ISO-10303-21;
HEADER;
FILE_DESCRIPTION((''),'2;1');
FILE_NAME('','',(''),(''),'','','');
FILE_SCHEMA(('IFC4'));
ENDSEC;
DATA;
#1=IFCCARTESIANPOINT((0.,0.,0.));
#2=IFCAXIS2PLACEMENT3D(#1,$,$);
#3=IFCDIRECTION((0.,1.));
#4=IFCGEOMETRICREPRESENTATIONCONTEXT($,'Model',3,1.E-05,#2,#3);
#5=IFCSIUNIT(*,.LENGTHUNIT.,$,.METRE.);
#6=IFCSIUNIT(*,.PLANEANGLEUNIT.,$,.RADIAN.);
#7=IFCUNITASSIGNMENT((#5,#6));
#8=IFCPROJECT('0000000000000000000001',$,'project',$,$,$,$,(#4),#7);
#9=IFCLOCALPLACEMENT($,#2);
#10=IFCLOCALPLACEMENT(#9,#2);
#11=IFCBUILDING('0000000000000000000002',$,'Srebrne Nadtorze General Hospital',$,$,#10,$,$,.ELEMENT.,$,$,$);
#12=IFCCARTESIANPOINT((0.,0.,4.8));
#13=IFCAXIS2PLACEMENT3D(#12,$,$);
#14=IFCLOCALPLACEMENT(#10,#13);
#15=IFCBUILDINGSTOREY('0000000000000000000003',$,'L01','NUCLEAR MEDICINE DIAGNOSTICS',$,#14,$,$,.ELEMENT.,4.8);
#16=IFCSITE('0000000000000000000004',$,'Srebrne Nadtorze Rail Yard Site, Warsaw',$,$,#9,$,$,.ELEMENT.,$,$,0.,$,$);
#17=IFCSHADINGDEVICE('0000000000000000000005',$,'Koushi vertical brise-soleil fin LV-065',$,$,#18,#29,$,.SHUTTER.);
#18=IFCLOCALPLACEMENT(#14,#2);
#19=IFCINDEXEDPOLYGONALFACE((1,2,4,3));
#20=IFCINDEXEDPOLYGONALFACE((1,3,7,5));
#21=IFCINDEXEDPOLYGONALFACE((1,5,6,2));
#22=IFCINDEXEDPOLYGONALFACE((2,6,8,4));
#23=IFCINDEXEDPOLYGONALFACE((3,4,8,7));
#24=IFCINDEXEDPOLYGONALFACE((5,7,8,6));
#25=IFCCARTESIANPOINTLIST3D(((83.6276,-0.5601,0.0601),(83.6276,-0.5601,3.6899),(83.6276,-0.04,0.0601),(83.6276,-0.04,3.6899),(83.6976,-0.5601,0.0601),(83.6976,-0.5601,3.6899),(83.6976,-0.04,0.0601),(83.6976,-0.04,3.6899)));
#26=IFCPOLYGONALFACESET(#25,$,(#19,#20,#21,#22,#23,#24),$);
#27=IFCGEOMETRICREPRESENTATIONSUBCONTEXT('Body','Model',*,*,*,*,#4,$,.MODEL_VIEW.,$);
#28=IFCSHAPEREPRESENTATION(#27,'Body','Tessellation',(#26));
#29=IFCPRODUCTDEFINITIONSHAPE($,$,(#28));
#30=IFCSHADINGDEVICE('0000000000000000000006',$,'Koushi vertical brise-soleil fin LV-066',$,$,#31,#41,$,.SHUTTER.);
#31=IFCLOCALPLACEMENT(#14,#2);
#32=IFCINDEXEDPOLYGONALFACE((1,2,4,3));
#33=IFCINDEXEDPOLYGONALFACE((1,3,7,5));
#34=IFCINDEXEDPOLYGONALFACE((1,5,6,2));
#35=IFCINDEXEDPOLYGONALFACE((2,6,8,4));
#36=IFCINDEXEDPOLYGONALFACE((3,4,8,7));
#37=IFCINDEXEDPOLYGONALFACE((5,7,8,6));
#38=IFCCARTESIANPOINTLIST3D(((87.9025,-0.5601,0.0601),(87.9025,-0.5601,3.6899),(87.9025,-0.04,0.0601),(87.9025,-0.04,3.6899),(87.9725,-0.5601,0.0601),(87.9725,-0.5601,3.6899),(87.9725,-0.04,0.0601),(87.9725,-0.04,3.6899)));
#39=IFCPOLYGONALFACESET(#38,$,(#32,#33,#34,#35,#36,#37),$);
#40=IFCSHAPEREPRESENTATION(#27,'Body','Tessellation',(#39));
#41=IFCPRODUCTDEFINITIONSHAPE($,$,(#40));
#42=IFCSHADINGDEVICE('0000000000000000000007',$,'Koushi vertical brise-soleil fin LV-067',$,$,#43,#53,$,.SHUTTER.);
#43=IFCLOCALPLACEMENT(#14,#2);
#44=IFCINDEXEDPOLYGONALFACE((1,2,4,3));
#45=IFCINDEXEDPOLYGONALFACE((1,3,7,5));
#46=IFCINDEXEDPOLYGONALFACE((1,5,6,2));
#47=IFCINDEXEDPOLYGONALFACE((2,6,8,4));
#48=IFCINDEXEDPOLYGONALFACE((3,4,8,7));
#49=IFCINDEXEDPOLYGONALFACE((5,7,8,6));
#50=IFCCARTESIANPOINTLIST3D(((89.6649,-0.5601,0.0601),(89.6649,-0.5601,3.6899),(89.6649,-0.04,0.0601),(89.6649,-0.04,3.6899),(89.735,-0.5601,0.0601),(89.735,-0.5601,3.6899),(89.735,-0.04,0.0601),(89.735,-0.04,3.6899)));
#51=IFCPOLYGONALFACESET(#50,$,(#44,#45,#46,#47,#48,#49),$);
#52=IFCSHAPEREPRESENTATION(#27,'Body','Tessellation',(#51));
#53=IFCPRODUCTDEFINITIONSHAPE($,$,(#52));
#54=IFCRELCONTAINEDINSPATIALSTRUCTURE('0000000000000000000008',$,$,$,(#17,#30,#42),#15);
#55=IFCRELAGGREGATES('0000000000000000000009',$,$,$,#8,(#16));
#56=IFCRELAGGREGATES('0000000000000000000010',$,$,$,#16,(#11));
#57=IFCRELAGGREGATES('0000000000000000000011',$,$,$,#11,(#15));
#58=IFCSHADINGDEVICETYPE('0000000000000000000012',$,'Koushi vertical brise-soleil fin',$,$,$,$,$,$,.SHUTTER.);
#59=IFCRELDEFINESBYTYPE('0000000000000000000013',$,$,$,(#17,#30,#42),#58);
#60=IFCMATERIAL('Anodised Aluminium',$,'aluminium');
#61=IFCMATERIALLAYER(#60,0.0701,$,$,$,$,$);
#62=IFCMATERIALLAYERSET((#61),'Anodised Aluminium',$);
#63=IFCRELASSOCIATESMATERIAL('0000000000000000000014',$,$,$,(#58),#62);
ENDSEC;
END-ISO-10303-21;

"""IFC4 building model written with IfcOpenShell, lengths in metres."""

from ifc_helpers import new_model, si_unit, direction, frame, origin, origin_2d, place, context, subcontext, project, spatial, rectangle, extrude, material, layer, layer_set, type_object, element, save


model = new_model("IFC4")

# Units and contexts
model_context = context("Model", 3, precision=1e-05, world=origin(), true_north=direction((0.0, 1.0)))
body_context = subcontext(model_context, "Body", "Model", "MODEL_VIEW")
ifc_project = project(units=[si_unit("LENGTHUNIT", "METRE"), si_unit("PLANEANGLEUNIT", "RADIAN")], contexts=[model_context])

# Site, building, storey
site_placement = place(None, origin())
site = spatial("IfcSite", under=ifc_project, at=site_placement, Name="Srebrne Nadtorze Rail Yard Site, Warsaw", CompositionType="ELEMENT", RefElevation=0.0)
building_placement = place(site_placement, origin())
building = spatial("IfcBuilding", under=site, at=building_placement, Name="Srebrne Nadtorze General Hospital", CompositionType="ELEMENT")
storey_placement = place(building_placement, frame((0.0, 0.0, 4.8)))
storey = spatial("IfcBuildingStorey", under=building, at=storey_placement, Name="L01", Description="NUCLEAR MEDICINE DIAGNOSTICS", CompositionType="ELEMENT", Elevation=4.8)

# Shading devices
ifc_material_1 = material(Name="Anodised Aluminium", Category="aluminium")
ifc_layer_1 = layer(ifc_material_1, 0.0701)
ifc_layer_set_1 = layer_set([ifc_layer_1], Name="Anodised Aluminium")
shading_device_type = type_object("IfcShadingDeviceType", Name="Koushi vertical brise-soleil fin", PredefinedType="SHUTTER", material=ifc_layer_set_1)
for number, where, z_axis, x_axis, name in (
    (1, (83.6626, -0.3, 0.0601), (0.0, 0.0, 1.0), (1.0, 0.0, 0.0), "Koushi vertical brise-soleil fin LV-065"),
    (2, (87.9375, -0.3, 0.0601), (0.0, 0.0, 1.0), (1.0, 0.0, 0.0), "Koushi vertical brise-soleil fin LV-066"),
    (3, (89.7, -0.3, 0.0601), (0.0, 0.0, 1.0), (1.0, 0.0, 0.0), "Koushi vertical brise-soleil fin LV-067"),
):
    element("IfcShadingDevice", number, at=place(storey_placement, frame(where, z_axis=z_axis, x_axis=x_axis)), inside=storey, type_object=shading_device_type, Name=name, PredefinedType="SHUTTER", context=body_context, shape_type="SweptSolid", body=[
        extrude(rectangle(XDim=0.0701, YDim=0.52, at=origin_2d()), origin(), (0.0, 0.0, 1.0), 3.6299),
    ])

save(model, "model.ifc")
